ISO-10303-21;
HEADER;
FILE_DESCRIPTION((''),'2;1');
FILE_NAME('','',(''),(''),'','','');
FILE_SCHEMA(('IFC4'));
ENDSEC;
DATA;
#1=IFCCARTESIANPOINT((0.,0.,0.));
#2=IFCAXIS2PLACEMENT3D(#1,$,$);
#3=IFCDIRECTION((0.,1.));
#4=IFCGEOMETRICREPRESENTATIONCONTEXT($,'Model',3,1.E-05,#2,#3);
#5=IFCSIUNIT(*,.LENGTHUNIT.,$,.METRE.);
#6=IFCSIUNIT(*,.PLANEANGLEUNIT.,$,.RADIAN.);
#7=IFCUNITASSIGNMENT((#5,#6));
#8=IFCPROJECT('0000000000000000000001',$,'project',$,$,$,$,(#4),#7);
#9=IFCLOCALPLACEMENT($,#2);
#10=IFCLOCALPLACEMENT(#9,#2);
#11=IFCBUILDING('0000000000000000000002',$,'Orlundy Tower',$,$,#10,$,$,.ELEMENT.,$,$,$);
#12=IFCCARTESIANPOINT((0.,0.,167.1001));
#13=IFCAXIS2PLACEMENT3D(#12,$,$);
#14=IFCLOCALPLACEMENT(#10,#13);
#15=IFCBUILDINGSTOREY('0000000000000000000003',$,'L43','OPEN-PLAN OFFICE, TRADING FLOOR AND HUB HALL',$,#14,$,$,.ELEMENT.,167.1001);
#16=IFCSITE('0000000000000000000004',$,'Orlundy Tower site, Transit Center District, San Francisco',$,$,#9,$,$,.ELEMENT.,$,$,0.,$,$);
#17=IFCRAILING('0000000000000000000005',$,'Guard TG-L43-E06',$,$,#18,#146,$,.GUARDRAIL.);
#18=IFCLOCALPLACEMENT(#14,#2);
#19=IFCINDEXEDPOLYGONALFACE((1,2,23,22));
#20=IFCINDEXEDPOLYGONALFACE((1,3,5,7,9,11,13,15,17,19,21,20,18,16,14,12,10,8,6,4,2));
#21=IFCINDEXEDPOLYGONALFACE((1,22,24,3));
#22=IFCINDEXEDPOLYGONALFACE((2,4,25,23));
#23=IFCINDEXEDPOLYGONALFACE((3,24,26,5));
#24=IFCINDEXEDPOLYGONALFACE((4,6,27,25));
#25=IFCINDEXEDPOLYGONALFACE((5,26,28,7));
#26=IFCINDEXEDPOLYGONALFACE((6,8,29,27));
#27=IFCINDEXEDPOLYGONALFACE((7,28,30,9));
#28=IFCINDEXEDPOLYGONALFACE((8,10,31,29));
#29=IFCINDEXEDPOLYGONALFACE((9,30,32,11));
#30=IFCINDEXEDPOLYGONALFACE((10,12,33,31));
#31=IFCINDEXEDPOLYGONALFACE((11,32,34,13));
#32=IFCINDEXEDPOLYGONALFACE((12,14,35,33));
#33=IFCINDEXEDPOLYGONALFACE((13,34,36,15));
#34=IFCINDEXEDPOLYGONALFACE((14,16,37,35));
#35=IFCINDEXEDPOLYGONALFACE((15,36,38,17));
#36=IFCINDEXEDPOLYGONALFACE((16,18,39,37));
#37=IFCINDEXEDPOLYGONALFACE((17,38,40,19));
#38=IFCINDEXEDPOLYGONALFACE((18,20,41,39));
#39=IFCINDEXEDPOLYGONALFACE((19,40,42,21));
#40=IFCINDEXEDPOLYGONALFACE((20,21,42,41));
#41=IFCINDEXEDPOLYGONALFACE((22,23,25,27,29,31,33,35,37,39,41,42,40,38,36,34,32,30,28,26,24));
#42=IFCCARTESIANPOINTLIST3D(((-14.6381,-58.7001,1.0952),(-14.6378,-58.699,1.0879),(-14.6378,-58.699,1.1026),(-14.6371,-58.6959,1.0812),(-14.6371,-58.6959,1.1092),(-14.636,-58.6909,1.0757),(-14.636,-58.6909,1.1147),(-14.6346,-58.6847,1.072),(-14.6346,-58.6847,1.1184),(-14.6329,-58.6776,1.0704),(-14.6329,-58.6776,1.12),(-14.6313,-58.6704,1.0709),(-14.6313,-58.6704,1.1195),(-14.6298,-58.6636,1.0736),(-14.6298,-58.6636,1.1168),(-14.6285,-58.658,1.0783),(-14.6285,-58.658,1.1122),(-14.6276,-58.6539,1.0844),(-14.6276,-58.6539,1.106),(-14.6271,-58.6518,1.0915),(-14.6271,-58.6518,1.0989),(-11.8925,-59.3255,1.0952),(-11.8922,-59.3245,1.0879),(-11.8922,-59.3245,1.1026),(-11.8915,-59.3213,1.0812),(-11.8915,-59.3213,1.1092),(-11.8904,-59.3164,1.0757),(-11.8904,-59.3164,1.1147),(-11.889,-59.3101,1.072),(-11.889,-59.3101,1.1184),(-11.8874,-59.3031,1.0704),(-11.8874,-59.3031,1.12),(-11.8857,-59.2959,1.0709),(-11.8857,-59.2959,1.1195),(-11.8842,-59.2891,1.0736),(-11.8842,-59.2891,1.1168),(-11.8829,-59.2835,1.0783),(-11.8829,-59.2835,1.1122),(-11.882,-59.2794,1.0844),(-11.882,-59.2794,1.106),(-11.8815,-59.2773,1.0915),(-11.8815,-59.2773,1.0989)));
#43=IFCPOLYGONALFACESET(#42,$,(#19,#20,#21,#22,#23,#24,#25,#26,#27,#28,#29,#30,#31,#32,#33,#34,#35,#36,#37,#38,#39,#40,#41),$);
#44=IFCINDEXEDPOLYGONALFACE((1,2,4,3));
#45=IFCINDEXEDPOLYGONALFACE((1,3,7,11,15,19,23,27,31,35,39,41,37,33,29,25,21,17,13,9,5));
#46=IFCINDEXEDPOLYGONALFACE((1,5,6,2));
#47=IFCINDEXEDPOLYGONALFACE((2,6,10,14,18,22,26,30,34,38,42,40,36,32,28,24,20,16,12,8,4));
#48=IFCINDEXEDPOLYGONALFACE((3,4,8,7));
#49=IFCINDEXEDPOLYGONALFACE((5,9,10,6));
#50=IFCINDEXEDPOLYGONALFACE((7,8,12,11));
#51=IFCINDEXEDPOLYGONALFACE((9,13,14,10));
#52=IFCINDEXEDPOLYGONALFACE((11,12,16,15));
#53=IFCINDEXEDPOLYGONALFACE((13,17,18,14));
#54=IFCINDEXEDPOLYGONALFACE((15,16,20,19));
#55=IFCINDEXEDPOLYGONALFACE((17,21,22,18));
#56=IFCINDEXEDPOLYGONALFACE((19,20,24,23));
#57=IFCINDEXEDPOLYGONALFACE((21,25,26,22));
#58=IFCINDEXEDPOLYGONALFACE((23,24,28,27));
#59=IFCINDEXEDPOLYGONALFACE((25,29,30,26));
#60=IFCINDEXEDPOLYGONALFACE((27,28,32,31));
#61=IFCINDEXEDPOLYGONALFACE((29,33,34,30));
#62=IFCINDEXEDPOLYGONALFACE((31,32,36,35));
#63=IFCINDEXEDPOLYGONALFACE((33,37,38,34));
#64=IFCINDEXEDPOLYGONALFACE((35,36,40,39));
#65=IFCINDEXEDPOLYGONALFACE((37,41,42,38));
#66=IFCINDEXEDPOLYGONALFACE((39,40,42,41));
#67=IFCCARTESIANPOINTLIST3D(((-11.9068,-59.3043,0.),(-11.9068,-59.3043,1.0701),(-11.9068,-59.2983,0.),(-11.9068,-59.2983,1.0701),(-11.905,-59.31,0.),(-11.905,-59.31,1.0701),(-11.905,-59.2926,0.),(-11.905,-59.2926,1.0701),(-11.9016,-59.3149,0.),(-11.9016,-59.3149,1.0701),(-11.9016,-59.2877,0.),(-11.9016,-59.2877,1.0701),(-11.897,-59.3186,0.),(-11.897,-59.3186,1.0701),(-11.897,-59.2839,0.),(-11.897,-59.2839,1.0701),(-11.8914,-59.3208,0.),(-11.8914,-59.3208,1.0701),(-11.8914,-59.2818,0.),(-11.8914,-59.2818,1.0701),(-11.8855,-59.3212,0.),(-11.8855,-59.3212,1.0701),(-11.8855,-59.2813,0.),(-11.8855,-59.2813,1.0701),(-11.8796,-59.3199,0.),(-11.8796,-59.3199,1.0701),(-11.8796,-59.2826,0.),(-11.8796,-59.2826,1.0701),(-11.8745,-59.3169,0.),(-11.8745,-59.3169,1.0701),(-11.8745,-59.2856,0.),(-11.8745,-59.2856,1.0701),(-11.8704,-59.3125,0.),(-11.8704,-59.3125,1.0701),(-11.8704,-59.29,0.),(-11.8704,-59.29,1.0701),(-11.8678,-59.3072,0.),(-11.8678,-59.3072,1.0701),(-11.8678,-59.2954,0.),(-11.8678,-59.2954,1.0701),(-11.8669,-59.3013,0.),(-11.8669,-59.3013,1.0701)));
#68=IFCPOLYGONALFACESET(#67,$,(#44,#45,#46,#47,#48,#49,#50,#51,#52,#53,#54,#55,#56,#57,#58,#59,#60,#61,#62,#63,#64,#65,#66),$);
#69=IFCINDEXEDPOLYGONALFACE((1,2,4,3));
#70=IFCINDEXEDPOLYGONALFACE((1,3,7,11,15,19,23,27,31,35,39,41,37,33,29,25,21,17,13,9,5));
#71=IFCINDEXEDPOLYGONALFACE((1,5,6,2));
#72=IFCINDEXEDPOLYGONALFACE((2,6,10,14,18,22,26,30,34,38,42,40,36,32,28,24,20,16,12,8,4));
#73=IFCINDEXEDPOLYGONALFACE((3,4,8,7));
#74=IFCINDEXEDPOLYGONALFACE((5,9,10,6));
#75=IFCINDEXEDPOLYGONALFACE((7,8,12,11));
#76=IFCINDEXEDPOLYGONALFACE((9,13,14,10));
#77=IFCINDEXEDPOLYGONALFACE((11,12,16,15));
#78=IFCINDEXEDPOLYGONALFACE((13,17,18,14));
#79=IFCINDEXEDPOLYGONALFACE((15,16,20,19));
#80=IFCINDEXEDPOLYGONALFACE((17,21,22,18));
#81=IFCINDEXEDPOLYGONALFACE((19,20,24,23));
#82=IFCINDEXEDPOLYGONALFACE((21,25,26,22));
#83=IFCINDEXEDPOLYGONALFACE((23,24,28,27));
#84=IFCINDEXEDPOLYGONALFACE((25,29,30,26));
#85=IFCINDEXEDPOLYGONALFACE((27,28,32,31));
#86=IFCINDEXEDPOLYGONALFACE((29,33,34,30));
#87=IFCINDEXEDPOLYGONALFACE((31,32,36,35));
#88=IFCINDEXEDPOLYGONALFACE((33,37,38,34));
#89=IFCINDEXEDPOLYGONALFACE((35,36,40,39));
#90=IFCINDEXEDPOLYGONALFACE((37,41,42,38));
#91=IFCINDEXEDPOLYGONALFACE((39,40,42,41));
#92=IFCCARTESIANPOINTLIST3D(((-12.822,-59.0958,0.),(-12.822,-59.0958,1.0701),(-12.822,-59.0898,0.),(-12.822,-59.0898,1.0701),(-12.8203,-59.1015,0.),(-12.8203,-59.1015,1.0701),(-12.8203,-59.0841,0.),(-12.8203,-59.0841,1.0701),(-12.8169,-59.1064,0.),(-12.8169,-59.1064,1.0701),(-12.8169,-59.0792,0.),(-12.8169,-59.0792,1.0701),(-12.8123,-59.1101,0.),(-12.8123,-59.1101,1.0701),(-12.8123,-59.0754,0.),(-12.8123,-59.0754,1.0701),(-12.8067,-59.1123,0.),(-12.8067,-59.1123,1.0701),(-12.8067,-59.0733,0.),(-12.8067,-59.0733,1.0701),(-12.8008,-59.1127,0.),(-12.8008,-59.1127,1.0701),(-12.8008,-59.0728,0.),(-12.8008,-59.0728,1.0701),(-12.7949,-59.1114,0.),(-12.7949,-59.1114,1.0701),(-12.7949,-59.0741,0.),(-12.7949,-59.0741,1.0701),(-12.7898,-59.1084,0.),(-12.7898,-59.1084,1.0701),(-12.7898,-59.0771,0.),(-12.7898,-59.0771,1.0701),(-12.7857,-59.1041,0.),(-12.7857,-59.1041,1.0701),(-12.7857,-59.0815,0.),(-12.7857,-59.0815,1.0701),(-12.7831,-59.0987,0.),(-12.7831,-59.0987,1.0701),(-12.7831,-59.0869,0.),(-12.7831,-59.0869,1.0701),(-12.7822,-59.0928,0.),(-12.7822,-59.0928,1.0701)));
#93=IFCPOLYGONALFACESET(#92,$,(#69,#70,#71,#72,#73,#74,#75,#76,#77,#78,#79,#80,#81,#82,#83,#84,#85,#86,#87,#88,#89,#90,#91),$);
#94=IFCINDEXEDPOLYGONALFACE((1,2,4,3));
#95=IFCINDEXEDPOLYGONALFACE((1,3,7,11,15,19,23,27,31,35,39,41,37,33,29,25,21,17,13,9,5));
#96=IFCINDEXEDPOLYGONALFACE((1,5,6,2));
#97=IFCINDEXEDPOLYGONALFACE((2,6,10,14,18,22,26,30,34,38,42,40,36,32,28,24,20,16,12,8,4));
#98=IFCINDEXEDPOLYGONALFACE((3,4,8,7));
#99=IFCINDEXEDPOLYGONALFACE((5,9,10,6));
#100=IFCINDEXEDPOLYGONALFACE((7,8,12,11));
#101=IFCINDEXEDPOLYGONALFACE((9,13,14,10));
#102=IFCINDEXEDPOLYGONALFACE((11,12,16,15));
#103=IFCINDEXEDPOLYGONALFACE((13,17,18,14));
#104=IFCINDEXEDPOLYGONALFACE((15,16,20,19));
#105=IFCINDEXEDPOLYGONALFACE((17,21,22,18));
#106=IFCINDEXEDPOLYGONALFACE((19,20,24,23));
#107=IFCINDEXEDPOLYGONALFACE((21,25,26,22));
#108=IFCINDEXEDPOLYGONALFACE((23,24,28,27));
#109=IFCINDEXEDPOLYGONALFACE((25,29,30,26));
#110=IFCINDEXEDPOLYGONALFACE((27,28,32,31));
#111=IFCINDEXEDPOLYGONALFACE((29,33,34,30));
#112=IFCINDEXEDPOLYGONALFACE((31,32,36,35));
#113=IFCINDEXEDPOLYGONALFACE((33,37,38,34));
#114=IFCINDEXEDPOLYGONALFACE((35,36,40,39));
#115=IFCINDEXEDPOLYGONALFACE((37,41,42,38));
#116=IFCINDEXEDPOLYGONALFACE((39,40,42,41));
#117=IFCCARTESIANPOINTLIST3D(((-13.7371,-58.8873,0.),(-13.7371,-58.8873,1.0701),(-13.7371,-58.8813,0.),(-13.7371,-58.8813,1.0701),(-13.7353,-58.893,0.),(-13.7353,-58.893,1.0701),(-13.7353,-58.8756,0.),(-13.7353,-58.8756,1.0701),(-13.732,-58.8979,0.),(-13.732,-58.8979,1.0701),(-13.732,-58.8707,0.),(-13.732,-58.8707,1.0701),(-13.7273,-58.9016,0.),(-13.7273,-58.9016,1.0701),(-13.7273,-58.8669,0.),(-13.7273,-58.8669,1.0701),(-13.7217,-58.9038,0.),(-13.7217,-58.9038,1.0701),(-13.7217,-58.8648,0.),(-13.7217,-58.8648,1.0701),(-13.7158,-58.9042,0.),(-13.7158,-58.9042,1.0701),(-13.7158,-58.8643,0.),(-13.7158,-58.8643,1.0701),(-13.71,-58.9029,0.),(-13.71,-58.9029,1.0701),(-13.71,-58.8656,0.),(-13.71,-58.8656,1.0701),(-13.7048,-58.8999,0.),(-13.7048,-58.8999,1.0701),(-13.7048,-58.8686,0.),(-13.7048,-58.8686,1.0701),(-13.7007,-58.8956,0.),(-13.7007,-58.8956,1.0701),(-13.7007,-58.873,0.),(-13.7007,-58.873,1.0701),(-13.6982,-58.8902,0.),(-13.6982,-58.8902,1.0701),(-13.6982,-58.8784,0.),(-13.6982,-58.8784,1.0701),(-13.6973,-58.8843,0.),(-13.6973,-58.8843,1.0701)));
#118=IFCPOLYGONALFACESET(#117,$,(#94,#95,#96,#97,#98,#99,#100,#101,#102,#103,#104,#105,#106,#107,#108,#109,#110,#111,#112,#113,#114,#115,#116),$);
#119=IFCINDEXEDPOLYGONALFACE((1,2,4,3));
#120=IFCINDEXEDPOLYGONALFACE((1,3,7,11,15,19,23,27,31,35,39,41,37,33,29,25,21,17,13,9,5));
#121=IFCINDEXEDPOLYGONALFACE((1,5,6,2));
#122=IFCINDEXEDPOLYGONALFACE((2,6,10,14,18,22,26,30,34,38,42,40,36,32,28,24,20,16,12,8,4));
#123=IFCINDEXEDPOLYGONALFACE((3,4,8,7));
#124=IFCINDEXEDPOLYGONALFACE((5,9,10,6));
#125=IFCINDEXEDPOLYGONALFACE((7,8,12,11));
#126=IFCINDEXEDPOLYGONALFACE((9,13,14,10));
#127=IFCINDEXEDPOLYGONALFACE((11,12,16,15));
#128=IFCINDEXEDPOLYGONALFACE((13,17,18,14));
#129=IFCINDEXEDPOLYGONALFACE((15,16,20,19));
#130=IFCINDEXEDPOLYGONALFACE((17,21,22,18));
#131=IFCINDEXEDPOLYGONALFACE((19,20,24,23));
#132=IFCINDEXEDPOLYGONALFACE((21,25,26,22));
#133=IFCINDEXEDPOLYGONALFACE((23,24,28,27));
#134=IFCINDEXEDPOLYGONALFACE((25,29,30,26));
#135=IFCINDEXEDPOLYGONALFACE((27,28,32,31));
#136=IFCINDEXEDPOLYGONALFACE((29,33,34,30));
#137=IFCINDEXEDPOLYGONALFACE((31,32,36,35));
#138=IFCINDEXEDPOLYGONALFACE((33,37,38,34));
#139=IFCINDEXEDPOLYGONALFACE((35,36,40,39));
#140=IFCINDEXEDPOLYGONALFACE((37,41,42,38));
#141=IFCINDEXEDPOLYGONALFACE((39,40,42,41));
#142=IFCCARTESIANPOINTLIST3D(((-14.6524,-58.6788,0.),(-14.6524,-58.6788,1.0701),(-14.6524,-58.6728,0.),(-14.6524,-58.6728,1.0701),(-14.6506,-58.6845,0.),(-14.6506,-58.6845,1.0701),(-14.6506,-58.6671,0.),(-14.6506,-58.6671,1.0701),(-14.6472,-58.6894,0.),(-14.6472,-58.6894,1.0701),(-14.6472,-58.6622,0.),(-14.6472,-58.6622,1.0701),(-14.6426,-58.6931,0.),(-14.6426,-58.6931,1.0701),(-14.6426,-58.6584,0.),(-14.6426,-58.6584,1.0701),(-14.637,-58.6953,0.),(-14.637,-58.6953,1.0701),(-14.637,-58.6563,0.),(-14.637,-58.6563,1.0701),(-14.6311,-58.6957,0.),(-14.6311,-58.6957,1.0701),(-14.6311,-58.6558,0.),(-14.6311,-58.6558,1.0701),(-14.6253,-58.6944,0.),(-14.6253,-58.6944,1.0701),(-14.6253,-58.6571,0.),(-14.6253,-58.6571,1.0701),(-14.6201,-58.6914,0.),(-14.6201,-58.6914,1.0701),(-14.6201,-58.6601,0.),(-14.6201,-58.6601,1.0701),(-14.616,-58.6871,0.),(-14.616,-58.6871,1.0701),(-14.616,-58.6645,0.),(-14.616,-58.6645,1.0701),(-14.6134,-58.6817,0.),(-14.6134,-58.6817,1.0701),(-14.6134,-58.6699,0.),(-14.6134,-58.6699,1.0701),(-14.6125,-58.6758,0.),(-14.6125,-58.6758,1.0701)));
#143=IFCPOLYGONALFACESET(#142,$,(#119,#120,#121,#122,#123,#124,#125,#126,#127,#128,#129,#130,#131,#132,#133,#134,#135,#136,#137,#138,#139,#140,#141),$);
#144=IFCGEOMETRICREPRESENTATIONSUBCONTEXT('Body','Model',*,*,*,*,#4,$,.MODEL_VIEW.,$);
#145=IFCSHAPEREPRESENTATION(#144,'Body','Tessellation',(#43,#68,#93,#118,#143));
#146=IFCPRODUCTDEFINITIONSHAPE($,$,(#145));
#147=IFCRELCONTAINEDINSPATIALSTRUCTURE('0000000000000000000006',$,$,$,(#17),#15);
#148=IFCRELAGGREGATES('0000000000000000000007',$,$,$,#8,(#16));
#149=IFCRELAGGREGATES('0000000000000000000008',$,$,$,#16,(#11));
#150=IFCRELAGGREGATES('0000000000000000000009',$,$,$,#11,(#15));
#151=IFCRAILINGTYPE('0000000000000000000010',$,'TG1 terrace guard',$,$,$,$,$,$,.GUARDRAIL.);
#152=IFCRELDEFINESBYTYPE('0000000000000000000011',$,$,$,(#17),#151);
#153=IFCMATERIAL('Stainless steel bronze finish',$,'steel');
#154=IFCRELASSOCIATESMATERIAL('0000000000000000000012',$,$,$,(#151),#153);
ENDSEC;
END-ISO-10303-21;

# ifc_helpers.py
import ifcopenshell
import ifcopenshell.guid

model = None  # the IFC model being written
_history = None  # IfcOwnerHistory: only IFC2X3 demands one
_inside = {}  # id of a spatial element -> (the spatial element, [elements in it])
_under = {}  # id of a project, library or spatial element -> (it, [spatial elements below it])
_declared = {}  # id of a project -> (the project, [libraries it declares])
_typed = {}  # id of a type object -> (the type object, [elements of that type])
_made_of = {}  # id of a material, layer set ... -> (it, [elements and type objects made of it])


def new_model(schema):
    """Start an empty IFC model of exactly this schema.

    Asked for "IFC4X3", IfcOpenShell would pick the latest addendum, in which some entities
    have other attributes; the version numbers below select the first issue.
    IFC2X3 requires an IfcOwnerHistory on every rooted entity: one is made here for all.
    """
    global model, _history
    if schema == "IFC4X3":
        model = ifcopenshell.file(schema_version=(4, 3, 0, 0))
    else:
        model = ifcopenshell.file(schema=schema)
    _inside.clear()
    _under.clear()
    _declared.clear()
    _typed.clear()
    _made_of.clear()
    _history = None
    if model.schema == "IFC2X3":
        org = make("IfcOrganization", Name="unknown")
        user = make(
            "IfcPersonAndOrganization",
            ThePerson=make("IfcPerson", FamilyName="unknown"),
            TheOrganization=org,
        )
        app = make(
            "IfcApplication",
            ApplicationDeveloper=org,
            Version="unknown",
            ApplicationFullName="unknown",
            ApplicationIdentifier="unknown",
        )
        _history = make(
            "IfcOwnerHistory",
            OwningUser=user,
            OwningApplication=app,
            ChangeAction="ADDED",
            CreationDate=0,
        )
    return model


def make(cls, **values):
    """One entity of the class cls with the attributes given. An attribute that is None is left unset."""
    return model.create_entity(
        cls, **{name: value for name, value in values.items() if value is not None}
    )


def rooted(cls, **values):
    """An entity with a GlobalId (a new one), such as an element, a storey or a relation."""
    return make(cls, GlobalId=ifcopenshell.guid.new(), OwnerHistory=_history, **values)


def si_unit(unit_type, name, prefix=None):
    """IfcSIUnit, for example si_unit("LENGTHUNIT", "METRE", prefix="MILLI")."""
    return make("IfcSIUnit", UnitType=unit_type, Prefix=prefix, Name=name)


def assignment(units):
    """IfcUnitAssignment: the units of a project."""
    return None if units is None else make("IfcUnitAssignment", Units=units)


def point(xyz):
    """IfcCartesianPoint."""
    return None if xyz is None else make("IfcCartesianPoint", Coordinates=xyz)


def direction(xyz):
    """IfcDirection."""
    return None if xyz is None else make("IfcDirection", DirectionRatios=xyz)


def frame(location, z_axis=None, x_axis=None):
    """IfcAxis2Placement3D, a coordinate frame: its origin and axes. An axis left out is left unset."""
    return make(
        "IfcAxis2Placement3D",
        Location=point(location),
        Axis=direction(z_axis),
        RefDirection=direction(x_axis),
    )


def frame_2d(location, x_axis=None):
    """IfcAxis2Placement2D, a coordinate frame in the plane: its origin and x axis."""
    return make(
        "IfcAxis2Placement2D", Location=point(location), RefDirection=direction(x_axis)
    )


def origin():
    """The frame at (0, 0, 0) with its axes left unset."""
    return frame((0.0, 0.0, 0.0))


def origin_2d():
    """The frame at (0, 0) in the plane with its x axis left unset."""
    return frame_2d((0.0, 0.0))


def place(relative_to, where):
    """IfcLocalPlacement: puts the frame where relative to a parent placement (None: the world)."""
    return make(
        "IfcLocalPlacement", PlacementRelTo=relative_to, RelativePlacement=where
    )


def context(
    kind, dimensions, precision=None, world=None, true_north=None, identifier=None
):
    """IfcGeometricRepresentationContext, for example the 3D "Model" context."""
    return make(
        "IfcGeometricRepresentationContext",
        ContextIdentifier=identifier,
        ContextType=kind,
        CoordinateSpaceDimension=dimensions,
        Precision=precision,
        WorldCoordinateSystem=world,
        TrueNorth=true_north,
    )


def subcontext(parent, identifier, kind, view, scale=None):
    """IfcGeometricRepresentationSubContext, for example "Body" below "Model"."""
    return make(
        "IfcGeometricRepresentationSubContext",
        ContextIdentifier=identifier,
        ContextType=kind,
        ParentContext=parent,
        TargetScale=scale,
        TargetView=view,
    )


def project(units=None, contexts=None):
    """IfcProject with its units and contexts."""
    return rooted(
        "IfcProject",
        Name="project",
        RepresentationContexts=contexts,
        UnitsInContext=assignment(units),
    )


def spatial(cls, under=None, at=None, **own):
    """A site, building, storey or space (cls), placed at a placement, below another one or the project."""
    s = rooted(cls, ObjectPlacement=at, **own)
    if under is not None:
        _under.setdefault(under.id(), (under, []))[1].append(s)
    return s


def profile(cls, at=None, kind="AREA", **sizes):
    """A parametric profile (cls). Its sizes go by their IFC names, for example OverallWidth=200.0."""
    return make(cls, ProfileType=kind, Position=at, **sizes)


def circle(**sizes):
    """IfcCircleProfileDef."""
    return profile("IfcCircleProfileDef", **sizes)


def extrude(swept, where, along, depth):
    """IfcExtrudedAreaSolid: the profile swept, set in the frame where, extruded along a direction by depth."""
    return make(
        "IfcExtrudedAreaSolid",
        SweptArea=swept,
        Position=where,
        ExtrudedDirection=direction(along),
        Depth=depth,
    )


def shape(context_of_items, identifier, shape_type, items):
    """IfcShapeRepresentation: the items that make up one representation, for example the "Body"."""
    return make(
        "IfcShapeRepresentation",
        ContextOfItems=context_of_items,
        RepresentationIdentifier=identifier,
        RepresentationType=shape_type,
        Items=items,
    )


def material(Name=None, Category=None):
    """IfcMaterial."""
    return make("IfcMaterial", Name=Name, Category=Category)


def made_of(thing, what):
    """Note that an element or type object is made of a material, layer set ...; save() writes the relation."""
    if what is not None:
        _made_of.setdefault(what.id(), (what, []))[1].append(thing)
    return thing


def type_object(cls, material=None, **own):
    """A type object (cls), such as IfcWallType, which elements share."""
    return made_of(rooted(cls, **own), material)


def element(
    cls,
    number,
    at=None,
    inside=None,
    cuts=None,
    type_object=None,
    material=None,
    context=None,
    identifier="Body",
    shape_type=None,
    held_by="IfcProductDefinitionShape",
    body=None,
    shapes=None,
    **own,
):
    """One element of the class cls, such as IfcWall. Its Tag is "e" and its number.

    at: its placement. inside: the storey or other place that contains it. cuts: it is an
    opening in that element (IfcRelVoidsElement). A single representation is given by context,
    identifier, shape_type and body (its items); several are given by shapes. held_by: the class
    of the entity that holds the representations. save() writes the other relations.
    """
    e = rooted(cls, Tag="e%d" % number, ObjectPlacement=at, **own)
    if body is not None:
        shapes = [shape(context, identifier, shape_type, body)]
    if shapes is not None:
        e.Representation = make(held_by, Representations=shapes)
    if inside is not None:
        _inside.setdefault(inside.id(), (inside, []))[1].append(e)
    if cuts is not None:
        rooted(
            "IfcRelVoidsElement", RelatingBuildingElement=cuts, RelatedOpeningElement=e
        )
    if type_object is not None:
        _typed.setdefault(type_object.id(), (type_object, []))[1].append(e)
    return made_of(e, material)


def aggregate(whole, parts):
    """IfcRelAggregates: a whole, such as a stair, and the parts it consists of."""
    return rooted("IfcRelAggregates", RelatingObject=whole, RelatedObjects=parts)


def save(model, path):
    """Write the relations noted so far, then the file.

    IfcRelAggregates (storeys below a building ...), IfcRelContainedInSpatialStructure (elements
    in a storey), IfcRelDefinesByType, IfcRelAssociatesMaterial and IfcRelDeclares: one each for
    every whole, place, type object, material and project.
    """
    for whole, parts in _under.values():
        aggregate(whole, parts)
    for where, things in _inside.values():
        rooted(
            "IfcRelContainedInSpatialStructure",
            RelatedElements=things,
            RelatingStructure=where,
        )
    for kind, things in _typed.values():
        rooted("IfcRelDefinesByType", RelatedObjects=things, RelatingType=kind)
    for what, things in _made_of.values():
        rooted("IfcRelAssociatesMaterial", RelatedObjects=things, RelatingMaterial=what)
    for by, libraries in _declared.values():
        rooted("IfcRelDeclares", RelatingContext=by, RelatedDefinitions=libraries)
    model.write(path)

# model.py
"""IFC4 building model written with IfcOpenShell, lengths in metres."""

from ifc_helpers import new_model, si_unit, direction, frame, origin, origin_2d, place, context, subcontext, project, spatial, circle, extrude, material, type_object, element, save


model = new_model("IFC4")

# Units and contexts
model_context = context("Model", 3, precision=1e-05, world=origin(), true_north=direction((0.0, 1.0)))
body_context = subcontext(model_context, "Body", "Model", "MODEL_VIEW")
ifc_project = project(units=[si_unit("LENGTHUNIT", "METRE"), si_unit("PLANEANGLEUNIT", "RADIAN")], contexts=[model_context])

# Site, building, storey
site_placement = place(None, origin())
site = spatial("IfcSite", under=ifc_project, at=site_placement, Name="Orlundy Tower site, Transit Center District, San Francisco", CompositionType="ELEMENT", RefElevation=0.0)
building_placement = place(site_placement, origin())
building = spatial("IfcBuilding", under=site, at=building_placement, Name="Orlundy Tower", CompositionType="ELEMENT")
storey_placement = place(building_placement, frame((0.0, 0.0, 167.1001)))
storey = spatial("IfcBuildingStorey", under=building, at=storey_placement, Name="L43", Description="OPEN-PLAN OFFICE, TRADING FLOOR AND HUB HALL", CompositionType="ELEMENT", Elevation=167.1001)

# Railing
ifc_material_1 = material(Name="Stainless steel bronze finish", Category="steel")
railing_type = type_object("IfcRailingType", Name="TG1 terrace guard", PredefinedType="GUARDRAIL", material=ifc_material_1)
railing_1_placement = place(storey_placement, frame((-11.887, -59.3013, 0.0)))
element("IfcRailing", 1, at=railing_1_placement, inside=storey, type_object=railing_type, Name="Guard TG-L43-E06", PredefinedType="GUARDRAIL", context=body_context, shape_type="SweptSolid", body=[
    extrude(circle(Radius=0.0249, at=origin_2d()), frame((0.0, 0.0, 1.0952), z_axis=(-0.975019, 0.222123, 0.0), x_axis=(-0.222123, -0.975019, 0.0)), (0.0, 0.0, 1.0), 2.8159),
    extrude(circle(Radius=0.02, at=origin_2d()), origin(), (0.0, 0.0, 1.0), 1.0701),
    extrude(circle(Radius=0.02, at=origin_2d()), frame((-0.9153, 0.2085, 0.0)), (0.0, 0.0, 1.0), 1.0701),
    extrude(circle(Radius=0.02, at=origin_2d()), frame((-1.8303, 0.417, 0.0)), (0.0, 0.0, 1.0), 1.0701),
    extrude(circle(Radius=0.02, at=origin_2d()), frame((-2.7456, 0.6255, 0.0)), (0.0, 0.0, 1.0), 1.0701),
])

save(model, "model.ifc")
